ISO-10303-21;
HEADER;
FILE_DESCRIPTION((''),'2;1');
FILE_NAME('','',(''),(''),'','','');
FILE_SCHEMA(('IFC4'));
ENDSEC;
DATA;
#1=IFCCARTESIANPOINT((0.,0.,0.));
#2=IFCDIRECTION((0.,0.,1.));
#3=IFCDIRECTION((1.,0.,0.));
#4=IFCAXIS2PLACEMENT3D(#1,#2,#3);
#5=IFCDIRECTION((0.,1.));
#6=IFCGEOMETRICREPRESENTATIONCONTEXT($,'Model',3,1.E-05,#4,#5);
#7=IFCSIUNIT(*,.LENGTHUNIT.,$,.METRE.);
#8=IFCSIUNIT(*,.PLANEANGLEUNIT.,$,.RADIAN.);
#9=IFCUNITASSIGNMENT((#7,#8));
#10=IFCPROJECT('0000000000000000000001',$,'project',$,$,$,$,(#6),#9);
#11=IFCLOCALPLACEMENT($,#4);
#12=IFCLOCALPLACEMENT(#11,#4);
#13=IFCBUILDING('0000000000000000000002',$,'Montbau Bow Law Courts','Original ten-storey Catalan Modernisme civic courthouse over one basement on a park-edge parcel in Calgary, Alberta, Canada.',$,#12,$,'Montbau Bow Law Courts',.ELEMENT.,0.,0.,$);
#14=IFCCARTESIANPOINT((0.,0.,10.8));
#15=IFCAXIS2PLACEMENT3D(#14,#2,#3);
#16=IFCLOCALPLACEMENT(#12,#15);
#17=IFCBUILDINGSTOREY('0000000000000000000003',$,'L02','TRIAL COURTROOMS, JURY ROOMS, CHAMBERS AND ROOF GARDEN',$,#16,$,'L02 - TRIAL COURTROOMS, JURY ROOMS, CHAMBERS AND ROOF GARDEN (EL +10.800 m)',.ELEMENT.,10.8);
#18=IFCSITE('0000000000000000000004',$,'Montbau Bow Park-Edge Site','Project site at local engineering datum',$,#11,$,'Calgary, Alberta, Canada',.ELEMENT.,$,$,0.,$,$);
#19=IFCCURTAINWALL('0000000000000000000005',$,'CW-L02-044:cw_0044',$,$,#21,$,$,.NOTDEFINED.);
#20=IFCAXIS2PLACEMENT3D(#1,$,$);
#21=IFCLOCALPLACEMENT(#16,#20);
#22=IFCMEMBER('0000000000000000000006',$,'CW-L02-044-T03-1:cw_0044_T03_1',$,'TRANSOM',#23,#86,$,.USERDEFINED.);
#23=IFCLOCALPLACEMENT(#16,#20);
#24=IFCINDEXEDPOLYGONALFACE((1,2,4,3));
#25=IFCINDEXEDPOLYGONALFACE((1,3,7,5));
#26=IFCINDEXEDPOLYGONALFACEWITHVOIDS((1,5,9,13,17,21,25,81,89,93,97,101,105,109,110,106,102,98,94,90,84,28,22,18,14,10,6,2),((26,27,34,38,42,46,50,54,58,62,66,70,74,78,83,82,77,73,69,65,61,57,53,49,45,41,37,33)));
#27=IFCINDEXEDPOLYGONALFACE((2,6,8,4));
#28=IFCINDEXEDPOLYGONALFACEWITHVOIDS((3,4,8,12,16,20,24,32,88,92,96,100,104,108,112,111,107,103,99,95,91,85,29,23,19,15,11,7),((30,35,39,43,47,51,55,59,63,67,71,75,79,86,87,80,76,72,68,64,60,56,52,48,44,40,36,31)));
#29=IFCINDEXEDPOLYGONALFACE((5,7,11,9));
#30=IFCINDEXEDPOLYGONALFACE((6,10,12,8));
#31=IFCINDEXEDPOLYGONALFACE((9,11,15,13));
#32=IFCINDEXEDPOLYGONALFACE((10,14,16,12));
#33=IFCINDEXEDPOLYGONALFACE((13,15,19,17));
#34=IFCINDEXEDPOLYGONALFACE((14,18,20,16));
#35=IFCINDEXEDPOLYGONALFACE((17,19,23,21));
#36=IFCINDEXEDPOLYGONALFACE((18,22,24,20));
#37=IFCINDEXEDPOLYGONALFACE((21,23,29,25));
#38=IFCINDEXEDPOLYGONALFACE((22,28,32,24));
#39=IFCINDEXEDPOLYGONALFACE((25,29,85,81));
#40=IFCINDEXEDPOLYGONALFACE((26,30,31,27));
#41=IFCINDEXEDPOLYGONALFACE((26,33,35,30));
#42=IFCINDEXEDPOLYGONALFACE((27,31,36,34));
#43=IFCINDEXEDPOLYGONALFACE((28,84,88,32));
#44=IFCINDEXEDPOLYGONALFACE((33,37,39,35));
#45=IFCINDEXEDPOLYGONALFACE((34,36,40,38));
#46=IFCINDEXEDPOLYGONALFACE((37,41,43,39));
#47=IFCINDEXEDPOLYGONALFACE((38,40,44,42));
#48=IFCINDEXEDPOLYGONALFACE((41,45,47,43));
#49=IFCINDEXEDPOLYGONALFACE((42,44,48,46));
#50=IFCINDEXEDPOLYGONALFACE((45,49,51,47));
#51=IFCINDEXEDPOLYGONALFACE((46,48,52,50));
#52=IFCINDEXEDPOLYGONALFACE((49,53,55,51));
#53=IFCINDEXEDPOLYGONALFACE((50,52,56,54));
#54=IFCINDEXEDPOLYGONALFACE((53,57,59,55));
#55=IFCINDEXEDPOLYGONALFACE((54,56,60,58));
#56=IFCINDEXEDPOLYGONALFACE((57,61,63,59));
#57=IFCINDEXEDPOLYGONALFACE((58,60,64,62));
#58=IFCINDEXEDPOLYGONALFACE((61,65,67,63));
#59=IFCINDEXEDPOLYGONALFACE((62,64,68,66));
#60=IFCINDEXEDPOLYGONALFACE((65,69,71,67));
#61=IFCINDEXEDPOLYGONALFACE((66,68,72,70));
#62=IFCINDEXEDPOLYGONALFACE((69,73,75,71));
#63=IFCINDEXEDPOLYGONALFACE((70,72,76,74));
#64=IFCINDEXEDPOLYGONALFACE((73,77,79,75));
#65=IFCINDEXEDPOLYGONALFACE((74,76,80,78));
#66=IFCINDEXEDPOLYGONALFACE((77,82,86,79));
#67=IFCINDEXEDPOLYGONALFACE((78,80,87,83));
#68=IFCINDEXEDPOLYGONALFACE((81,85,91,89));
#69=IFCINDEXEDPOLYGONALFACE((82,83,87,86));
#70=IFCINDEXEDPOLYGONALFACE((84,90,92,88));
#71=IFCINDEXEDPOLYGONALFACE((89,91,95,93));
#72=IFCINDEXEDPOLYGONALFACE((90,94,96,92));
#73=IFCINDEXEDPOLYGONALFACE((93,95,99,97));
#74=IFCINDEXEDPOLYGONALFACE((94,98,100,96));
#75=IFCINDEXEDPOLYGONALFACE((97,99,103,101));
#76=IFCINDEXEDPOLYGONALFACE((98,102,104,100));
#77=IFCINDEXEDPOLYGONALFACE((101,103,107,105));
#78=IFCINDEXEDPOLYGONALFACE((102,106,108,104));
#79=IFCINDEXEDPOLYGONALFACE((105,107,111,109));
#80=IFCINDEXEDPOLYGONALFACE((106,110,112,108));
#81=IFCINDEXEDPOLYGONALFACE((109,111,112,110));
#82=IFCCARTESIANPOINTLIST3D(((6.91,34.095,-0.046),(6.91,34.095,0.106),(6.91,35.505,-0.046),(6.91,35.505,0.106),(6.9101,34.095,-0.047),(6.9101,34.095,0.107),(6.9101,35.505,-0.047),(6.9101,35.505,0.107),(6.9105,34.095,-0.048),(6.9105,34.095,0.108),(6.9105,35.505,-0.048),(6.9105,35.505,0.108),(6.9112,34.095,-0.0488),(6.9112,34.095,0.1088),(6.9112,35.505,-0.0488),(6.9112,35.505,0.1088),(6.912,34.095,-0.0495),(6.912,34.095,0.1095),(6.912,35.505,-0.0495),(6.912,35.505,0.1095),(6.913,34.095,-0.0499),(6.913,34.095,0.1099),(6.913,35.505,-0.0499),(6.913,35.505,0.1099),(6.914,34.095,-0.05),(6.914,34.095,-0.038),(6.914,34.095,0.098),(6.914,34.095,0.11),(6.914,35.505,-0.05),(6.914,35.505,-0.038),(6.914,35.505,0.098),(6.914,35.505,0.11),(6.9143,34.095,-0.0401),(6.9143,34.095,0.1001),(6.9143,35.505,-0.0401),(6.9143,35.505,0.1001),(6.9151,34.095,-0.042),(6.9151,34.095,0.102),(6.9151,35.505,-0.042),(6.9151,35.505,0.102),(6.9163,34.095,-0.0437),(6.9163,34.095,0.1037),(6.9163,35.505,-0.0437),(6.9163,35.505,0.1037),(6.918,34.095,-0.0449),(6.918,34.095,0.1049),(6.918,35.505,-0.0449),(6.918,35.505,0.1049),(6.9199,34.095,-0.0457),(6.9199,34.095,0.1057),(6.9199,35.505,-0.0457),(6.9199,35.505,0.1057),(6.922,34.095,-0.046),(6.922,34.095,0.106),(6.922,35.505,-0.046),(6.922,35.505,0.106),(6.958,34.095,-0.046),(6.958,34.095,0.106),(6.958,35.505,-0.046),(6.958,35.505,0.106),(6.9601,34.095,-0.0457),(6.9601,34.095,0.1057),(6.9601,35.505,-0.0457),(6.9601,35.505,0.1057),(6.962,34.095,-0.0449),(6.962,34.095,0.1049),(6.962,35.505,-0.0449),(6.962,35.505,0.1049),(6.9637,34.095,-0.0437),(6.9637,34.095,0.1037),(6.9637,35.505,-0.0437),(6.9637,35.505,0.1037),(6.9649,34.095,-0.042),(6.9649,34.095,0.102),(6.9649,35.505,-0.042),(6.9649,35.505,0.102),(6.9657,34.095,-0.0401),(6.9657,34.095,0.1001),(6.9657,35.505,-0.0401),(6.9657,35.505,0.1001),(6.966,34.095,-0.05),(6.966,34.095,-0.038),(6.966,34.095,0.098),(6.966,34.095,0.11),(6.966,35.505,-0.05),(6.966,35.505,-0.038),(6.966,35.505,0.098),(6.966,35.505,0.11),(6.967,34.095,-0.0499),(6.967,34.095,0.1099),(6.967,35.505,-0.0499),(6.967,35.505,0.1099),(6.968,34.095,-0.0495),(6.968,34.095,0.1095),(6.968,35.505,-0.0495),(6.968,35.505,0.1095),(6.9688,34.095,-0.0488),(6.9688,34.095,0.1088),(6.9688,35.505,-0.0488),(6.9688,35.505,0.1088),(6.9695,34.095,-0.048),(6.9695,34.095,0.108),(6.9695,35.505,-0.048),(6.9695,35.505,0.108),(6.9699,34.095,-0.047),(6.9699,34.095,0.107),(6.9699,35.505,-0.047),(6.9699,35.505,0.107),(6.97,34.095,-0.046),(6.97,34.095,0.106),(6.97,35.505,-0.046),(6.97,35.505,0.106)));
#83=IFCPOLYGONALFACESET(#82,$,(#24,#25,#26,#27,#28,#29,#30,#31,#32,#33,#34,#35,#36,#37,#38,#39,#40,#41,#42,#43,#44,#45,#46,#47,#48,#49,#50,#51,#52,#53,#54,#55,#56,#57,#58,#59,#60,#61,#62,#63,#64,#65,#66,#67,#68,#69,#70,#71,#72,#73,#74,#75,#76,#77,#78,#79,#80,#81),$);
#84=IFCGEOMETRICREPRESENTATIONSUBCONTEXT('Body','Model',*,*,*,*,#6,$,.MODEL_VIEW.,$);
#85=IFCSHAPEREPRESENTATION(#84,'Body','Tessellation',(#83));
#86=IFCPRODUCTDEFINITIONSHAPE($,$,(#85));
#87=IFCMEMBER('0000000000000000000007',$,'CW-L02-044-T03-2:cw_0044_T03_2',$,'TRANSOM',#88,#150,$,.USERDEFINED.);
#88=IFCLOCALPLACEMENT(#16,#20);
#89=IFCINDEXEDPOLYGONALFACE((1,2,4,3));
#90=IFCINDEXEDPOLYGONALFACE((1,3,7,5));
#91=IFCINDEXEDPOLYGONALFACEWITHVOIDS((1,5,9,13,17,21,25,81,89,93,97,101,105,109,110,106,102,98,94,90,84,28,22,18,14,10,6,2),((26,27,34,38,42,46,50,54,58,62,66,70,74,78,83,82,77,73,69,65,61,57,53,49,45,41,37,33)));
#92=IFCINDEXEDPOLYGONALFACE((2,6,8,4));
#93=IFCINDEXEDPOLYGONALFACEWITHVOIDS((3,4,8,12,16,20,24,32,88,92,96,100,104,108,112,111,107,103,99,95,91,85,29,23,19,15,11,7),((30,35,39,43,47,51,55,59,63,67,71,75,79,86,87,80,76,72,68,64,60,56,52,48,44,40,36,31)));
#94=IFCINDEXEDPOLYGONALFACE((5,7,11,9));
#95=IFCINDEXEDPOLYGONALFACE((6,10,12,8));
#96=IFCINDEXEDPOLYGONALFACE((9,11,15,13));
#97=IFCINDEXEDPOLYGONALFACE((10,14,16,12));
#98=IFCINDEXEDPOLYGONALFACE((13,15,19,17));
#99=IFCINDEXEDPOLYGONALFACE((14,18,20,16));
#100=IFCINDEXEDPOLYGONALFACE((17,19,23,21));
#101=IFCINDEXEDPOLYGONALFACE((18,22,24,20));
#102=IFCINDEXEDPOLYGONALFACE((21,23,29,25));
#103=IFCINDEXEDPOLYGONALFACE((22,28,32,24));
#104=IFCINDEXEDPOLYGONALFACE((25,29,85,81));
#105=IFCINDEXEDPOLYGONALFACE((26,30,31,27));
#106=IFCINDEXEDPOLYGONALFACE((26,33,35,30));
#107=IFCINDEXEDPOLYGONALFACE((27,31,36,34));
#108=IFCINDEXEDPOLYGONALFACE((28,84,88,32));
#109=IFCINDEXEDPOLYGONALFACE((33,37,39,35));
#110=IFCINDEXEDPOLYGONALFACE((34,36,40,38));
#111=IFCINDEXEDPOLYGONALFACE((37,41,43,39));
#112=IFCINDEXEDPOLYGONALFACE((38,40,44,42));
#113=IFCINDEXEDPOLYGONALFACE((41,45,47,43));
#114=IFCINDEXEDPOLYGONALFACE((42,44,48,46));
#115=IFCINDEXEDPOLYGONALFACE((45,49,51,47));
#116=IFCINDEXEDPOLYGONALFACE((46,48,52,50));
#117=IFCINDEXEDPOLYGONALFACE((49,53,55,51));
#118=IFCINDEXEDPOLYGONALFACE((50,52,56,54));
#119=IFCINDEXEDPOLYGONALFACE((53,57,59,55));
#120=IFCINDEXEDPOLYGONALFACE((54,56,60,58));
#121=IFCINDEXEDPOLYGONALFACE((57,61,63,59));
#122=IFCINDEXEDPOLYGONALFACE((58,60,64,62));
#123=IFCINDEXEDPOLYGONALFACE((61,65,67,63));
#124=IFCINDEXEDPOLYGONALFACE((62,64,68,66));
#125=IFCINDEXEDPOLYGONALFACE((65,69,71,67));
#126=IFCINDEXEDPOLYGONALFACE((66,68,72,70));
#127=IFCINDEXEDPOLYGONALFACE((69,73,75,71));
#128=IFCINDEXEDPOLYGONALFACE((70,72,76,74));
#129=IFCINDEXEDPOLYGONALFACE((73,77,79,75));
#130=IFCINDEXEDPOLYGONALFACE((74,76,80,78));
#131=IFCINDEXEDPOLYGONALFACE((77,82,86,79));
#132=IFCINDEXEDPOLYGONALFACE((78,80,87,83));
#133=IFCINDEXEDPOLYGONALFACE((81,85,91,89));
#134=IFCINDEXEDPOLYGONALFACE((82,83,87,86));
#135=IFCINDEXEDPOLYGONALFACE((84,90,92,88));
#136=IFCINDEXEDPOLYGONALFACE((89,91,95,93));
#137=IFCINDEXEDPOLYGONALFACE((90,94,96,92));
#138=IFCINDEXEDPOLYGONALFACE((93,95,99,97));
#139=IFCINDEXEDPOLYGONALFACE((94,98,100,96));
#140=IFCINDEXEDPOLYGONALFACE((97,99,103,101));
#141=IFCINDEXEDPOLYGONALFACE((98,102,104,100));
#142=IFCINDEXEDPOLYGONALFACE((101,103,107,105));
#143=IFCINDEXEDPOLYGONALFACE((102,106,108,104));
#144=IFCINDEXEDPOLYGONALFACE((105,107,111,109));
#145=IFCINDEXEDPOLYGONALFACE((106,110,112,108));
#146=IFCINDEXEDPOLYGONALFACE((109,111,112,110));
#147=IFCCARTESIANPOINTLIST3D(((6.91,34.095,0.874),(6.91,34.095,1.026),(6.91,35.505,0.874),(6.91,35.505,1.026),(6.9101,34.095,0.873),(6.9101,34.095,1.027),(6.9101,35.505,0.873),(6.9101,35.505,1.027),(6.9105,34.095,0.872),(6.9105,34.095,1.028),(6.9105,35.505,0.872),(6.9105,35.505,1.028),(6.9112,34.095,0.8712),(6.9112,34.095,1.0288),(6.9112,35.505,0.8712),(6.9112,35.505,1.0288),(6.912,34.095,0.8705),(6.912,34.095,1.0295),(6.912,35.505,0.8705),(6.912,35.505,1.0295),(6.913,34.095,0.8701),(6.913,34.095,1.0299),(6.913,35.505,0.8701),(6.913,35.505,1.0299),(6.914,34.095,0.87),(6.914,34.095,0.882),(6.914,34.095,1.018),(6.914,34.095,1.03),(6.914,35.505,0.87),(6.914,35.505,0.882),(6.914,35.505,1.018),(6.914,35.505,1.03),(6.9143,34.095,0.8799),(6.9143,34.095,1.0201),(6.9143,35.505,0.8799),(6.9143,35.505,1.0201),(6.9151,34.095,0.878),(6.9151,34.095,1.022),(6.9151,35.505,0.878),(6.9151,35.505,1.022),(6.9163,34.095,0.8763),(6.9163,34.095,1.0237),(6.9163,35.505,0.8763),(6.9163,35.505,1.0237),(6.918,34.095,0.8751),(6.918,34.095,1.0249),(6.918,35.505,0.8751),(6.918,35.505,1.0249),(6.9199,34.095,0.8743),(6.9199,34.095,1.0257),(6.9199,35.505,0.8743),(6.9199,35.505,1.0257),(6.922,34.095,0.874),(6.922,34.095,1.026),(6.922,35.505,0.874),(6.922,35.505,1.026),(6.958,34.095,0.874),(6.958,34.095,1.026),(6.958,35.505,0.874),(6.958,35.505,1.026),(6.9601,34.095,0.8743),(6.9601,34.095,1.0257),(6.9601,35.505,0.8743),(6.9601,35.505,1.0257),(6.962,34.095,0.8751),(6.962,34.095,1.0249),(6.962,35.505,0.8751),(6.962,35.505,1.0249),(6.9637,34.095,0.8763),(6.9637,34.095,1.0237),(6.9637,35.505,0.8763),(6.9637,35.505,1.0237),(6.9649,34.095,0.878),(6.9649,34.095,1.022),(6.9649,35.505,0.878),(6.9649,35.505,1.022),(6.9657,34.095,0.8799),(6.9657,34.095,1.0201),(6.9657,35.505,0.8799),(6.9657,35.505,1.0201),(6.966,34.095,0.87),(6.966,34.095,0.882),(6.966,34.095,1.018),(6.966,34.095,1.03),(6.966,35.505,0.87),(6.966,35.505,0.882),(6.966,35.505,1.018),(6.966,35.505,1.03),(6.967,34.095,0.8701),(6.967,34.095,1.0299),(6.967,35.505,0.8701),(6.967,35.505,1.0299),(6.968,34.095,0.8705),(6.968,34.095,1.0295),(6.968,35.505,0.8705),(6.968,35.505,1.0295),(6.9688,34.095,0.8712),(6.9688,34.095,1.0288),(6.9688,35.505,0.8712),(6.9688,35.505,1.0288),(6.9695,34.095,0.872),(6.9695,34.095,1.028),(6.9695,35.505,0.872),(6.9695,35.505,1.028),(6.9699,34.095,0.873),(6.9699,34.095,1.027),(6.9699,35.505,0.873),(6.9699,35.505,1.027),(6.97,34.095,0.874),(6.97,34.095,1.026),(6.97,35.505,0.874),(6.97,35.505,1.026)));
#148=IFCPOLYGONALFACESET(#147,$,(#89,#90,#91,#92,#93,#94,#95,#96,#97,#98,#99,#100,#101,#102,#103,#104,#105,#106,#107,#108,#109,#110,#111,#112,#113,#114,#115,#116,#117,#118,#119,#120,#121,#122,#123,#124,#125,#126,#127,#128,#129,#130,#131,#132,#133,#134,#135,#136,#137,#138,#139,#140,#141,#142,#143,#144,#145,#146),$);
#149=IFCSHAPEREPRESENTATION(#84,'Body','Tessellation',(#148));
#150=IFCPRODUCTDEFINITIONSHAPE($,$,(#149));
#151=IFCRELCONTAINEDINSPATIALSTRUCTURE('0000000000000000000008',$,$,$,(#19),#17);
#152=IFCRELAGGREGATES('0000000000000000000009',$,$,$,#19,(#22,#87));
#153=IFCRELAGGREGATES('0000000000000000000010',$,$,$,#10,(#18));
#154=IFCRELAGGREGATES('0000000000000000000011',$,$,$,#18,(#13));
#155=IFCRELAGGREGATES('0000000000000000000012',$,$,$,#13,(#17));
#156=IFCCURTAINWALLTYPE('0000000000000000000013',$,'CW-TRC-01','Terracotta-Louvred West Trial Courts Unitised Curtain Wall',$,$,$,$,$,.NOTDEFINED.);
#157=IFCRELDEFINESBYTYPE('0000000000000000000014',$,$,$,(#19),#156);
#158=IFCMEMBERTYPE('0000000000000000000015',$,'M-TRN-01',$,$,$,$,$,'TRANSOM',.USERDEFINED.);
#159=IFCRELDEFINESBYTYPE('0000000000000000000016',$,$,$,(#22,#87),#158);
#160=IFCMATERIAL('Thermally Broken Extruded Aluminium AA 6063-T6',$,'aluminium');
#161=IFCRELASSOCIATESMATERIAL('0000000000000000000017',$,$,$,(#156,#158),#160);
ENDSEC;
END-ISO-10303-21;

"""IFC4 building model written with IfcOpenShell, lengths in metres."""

from ifc_helpers import new_model, si_unit, direction, frame, origin_with_axes, origin_2d_with_axis, place, context, subcontext, project, spatial, hollow_rectangle, extrude, material, material_profile, profile_set, type_object, element, aggregate, save


model = new_model("IFC4")

# Units and contexts
model_context = context("Model", 3, precision=1e-05, world=origin_with_axes(), true_north=direction((0.0, 1.0)))
body_context = subcontext(model_context, "Body", "Model", "MODEL_VIEW")
ifc_project = project(units=[si_unit("LENGTHUNIT", "METRE"), si_unit("PLANEANGLEUNIT", "RADIAN")], contexts=[model_context])

# Site, building, storey
site_placement = place(None, origin_with_axes())
site = spatial("IfcSite", under=ifc_project, at=site_placement, Name="Montbau Bow Park-Edge Site", Description="Project site at local engineering datum", LongName="Calgary, Alberta, Canada", CompositionType="ELEMENT", RefElevation=0.0)
building_placement = place(site_placement, origin_with_axes())
building = spatial("IfcBuilding", under=site, at=building_placement, Name="Montbau Bow Law Courts", Description="Original ten-storey Catalan Modernisme civic courthouse over one basement on a park-edge parcel in Calgary, Alberta, Canada.", LongName="Montbau Bow Law Courts", CompositionType="ELEMENT", ElevationOfRefHeight=0.0, ElevationOfTerrain=0.0)
storey_placement = place(building_placement, frame((0.0, 0.0, 10.8), z_axis=(0.0, 0.0, 1.0), x_axis=(1.0, 0.0, 0.0)))
storey = spatial("IfcBuildingStorey", under=building, at=storey_placement, Name="L02", Description="TRIAL COURTROOMS, JURY ROOMS, CHAMBERS AND ROOF GARDEN", LongName="L02 - TRIAL COURTROOMS, JURY ROOMS, CHAMBERS AND ROOF GARDEN (EL +10.800 m)", CompositionType="ELEMENT", Elevation=10.8)

# Curtain wall, members
ifc_material_1 = material(Name="Thermally Broken Extruded Aluminium AA 6063-T6", Category="aluminium")
curtain_wall_type = type_object("IfcCurtainWallType", Name="CW-TRC-01", Description="Terracotta-Louvred West Trial Courts Unitised Curtain Wall", PredefinedType="NOTDEFINED", material=ifc_material_1)
curtain_wall_placement = place(None, frame((6.94, 31.115, 10.8), z_axis=(0.0, 0.0, 1.0), x_axis=(1.0, 0.0, 0.0)))
curtain_wall = element("IfcCurtainWall", 1, at=curtain_wall_placement, inside=storey, type_object=curtain_wall_type, Name="CW-L02-044:cw_0044", PredefinedType="NOTDEFINED")
ifc_material_profile_1 = material_profile(ifc_material_1, hollow_rectangle(XDim=0.06, YDim=0.16, WallThickness=0.004, InnerFilletRadius=0.008, OuterFilletRadius=0.004, at=origin_2d_with_axis()), Name="CWT-160X60", Category="Main", Priority=0)
ifc_profile_set_1 = profile_set([ifc_material_profile_1], Name="Thermally Broken Extruded Aluminium AA 6063-T6")
member_type_1 = type_object("IfcMemberType", Name="M-TRN-01", ElementType="TRANSOM", PredefinedType="USERDEFINED", material=ifc_profile_set_1)
member_1_placement = place(None, frame((6.94, 34.095, 10.83), z_axis=(0.0, 1.0, 0.0), x_axis=(-1.0, 0.0, 0.0)))
member_1 = element("IfcMember", 2, at=member_1_placement, type_object=member_type_1, Name="CW-L02-044-T03-1:cw_0044_T03_1", ObjectType="TRANSOM", PredefinedType="USERDEFINED", context=body_context, shape_type="SweptSolid", body=[
    extrude(hollow_rectangle(XDim=0.06, YDim=0.16, WallThickness=0.004, InnerFilletRadius=0.008, OuterFilletRadius=0.004, at=origin_2d_with_axis()), origin_with_axes(), (0.0, 0.0, 1.0), 1.41),
])
member_2_placement = place(None, frame((6.94, 34.095, 11.75), z_axis=(0.0, 1.0, 0.0), x_axis=(-1.0, 0.0, 0.0)))
member_2 = element("IfcMember", 3, at=member_2_placement, type_object=member_type_1, Name="CW-L02-044-T03-2:cw_0044_T03_2", ObjectType="TRANSOM", PredefinedType="USERDEFINED", context=body_context, shape_type="SweptSolid", body=[
    extrude(hollow_rectangle(XDim=0.06, YDim=0.16, WallThickness=0.004, InnerFilletRadius=0.008, OuterFilletRadius=0.004, at=origin_2d_with_axis()), origin_with_axes(), (0.0, 0.0, 1.0), 1.41),
])
aggregate(curtain_wall, [member_1, member_2])

save(model, "model.ifc")
